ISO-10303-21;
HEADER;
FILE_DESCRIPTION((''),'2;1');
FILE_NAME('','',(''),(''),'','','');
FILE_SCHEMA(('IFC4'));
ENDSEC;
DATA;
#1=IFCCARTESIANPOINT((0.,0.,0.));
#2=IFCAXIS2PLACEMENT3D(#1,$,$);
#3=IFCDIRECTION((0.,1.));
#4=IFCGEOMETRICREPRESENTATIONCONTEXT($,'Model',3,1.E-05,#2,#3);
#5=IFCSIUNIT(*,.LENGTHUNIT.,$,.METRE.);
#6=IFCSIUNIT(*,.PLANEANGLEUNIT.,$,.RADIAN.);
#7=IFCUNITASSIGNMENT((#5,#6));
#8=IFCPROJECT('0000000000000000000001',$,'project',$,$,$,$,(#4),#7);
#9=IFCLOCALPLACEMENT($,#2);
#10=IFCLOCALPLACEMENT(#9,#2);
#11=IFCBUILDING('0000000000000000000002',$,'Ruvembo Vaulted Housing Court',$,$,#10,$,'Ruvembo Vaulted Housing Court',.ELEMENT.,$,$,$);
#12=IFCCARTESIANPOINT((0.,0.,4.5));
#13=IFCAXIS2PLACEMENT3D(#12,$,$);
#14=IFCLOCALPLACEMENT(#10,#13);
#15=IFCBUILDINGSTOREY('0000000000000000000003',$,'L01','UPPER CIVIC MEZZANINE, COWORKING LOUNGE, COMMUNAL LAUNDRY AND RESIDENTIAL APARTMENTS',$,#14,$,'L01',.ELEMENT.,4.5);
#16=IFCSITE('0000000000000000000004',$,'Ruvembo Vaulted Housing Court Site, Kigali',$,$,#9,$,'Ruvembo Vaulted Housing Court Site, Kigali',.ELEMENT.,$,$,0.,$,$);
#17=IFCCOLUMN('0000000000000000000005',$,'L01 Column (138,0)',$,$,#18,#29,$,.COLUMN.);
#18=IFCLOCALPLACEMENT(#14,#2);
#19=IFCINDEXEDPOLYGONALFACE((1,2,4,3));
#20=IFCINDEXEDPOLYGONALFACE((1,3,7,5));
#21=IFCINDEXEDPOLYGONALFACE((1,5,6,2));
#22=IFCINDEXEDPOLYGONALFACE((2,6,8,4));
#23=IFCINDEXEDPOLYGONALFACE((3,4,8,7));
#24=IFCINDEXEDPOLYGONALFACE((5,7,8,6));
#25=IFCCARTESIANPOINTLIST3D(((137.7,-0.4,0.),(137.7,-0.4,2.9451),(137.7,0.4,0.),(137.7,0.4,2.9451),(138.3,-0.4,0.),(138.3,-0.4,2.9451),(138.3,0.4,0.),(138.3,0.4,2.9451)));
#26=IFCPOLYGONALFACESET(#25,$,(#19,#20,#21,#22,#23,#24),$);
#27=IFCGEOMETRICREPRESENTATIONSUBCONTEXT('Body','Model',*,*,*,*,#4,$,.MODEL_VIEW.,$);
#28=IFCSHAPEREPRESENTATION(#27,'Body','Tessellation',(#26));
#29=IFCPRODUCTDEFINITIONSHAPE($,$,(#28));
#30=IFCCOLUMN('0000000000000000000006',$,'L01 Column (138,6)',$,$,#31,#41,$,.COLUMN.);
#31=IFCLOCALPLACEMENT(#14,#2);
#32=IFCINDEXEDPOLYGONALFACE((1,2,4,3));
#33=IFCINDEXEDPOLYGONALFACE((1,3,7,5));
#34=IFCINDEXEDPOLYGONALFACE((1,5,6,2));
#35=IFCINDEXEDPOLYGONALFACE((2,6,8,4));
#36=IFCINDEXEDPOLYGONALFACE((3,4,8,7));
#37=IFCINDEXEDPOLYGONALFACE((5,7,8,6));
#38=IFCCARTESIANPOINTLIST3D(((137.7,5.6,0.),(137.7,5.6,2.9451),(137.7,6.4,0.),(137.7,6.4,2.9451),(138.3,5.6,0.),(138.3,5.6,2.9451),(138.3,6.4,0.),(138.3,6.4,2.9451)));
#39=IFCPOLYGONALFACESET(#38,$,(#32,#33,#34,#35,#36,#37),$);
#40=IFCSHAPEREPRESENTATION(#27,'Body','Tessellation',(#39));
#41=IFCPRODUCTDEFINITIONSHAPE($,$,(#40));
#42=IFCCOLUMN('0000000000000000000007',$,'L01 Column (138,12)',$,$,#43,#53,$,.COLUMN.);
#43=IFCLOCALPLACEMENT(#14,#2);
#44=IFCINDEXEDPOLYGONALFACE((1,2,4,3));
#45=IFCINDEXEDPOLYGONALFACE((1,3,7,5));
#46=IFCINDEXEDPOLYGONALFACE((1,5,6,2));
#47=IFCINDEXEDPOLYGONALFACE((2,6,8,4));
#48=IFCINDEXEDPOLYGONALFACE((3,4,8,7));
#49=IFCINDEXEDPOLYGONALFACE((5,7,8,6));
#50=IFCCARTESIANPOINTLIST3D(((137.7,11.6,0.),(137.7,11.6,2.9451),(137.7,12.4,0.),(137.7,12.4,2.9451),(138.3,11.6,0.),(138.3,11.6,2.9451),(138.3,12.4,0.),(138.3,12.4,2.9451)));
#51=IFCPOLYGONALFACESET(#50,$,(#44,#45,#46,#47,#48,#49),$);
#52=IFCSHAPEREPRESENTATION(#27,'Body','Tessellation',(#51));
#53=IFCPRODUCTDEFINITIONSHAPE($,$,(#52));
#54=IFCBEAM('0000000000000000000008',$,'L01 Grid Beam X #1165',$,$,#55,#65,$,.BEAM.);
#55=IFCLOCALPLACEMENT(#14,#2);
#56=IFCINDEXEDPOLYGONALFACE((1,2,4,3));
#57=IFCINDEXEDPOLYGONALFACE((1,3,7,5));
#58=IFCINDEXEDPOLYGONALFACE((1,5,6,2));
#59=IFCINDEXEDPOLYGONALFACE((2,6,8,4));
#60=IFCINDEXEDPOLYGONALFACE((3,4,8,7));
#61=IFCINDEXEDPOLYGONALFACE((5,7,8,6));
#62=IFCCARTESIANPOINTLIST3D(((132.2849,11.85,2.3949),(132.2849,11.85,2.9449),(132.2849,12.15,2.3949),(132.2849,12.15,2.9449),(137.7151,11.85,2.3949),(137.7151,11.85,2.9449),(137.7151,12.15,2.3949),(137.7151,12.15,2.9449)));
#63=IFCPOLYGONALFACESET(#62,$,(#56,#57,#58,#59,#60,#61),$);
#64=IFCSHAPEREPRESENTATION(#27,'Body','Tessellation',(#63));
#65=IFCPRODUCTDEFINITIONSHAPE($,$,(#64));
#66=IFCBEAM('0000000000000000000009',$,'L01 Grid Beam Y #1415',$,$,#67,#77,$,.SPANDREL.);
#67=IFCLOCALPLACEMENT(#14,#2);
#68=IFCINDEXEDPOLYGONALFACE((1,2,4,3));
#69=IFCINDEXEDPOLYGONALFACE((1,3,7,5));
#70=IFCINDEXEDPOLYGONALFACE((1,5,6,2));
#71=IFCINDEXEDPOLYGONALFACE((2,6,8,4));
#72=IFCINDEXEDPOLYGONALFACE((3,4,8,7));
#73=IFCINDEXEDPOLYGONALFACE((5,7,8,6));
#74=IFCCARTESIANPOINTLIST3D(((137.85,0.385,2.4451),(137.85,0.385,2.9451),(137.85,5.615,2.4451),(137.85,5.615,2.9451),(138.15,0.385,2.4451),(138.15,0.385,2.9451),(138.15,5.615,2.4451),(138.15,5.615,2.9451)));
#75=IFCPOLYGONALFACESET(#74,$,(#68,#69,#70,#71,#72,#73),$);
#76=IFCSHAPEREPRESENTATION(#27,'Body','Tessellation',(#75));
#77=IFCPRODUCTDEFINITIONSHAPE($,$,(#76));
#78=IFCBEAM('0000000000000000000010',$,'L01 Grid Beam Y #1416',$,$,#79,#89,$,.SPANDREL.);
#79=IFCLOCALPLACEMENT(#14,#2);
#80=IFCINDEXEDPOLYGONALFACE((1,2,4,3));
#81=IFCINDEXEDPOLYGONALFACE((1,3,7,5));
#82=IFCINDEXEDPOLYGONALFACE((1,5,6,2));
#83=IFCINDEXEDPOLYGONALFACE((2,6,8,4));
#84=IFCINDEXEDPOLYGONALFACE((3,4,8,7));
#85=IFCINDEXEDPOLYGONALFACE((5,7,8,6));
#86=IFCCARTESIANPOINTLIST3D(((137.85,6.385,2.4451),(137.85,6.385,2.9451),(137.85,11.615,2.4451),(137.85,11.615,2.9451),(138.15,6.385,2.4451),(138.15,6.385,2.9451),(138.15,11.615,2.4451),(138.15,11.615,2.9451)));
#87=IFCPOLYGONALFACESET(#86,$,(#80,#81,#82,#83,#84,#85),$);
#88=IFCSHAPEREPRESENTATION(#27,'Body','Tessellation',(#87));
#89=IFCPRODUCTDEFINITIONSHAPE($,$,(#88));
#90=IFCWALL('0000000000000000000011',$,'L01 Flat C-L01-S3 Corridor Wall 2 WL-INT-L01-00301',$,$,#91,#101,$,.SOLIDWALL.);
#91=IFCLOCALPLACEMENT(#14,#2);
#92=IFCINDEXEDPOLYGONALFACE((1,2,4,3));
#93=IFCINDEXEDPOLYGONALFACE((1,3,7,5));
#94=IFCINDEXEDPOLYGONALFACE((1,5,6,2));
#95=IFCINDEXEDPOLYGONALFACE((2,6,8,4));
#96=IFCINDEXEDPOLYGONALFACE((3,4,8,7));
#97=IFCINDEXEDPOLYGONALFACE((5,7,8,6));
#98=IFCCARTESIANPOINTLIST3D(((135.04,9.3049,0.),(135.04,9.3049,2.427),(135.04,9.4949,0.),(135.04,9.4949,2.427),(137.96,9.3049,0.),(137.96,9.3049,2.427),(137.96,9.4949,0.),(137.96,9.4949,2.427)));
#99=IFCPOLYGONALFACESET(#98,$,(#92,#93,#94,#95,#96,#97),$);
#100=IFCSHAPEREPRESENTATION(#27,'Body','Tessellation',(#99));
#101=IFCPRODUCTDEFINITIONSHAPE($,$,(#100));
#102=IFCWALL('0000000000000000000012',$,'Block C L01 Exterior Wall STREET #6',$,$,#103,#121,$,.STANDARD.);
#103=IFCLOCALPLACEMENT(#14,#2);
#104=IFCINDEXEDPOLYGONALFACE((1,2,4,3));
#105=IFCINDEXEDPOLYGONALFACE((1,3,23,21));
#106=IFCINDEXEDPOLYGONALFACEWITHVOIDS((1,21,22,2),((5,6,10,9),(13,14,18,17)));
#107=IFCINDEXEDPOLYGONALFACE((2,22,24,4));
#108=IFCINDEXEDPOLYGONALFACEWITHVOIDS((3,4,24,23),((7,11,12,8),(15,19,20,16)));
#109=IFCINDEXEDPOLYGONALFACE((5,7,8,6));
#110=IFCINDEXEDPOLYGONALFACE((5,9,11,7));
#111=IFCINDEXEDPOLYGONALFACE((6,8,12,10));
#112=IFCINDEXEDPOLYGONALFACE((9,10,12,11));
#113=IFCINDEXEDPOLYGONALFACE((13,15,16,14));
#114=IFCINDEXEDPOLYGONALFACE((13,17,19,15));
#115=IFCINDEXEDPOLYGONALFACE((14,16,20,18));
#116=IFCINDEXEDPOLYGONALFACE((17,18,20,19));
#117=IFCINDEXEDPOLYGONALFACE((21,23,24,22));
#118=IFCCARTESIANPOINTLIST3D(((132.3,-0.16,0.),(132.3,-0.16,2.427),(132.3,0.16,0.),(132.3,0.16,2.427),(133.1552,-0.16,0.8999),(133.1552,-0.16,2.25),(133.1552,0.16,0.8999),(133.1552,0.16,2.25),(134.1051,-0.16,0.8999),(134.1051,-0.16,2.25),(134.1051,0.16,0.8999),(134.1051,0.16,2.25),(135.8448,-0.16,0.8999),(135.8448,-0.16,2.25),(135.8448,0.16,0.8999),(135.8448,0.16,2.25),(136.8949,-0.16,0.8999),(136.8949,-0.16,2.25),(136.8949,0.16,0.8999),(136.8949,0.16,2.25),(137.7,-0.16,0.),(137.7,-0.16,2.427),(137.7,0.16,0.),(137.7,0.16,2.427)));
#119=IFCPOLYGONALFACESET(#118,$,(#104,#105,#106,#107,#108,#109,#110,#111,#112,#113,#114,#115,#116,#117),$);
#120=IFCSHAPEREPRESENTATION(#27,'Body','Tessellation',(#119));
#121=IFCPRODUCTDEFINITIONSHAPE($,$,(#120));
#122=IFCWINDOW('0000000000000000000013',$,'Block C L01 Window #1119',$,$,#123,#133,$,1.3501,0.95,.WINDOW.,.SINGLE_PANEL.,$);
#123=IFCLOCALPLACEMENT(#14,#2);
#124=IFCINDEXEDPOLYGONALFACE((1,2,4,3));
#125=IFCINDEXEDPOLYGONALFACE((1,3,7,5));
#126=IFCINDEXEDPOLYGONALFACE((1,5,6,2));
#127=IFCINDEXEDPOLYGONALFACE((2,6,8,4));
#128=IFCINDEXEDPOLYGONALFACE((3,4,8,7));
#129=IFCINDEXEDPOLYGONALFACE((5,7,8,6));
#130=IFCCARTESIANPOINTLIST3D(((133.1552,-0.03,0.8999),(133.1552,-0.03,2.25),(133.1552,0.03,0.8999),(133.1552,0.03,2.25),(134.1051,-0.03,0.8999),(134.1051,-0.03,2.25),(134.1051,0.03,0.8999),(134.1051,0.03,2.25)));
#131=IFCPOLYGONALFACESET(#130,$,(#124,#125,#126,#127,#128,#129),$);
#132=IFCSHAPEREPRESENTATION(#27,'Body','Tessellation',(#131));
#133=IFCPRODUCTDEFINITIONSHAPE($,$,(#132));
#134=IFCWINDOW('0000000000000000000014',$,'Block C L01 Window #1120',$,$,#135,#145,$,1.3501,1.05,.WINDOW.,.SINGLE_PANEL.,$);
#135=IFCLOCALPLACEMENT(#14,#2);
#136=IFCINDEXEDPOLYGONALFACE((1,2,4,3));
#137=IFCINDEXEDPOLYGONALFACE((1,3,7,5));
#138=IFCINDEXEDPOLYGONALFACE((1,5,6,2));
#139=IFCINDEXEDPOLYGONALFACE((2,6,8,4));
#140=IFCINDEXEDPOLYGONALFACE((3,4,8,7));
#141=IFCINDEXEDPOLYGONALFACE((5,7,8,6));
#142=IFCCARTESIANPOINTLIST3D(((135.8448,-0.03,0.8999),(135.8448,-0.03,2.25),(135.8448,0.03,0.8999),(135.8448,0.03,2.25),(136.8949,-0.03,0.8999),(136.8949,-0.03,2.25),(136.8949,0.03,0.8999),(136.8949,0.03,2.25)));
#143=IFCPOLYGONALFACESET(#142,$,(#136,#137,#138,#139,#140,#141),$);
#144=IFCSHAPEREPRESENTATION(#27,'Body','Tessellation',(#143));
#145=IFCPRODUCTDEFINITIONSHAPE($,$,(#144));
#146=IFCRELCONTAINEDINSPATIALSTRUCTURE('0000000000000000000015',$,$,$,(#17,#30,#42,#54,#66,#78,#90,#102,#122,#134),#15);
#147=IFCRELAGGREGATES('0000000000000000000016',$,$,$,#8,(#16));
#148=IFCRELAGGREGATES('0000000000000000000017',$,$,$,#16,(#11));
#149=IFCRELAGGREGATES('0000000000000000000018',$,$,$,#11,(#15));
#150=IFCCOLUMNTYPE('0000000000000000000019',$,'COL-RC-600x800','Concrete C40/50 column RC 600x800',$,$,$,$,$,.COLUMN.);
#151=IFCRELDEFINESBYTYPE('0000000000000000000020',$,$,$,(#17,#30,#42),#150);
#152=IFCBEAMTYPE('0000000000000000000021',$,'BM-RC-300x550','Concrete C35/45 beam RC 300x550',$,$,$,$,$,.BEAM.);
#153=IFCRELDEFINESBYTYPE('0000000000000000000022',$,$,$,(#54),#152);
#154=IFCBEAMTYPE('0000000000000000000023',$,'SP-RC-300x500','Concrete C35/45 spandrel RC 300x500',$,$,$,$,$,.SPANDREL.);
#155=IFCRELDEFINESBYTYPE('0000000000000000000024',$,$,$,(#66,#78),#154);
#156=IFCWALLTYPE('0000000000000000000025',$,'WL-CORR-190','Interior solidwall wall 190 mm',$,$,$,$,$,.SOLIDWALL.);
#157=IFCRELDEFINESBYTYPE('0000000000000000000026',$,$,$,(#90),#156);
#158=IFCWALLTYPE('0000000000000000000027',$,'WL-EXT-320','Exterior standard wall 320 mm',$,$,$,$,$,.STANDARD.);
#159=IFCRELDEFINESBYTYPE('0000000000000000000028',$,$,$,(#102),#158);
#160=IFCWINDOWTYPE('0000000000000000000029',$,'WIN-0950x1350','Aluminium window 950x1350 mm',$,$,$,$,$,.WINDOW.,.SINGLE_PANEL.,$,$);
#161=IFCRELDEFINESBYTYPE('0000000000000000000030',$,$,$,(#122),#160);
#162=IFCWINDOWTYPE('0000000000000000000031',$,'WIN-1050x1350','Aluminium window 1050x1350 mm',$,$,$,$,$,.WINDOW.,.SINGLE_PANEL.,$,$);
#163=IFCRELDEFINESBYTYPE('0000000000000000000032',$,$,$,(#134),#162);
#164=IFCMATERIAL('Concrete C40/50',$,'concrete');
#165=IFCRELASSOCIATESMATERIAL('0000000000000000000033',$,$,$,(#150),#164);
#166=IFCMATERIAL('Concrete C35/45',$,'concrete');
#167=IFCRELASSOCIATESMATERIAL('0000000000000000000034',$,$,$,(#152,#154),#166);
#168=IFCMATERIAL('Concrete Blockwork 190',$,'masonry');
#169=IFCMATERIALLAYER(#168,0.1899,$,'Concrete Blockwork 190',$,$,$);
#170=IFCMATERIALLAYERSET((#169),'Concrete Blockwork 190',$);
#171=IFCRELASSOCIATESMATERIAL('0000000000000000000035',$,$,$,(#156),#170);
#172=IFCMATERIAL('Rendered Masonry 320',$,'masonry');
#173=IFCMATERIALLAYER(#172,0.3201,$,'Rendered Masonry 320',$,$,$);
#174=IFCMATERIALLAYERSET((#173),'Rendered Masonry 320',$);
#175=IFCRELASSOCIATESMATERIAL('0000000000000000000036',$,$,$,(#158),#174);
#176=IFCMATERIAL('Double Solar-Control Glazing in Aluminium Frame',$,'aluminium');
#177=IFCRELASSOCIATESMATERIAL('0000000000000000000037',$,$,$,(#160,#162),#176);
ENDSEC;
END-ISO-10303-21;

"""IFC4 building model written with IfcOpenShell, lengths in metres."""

from ifc_helpers import new_model, si_unit, direction, frame, frame_2d, origin, origin_2d, place, context, subcontext, project, spatial, rectangle, extrude, material, layer, layer_set, material_profile, profile_set, type_object, element, fill, save


model = new_model("IFC4")

# Units and contexts
model_context = context("Model", 3, precision=1e-05, world=origin(), true_north=direction((0.0, 1.0)))
body_context = subcontext(model_context, "Body", "Model", "MODEL_VIEW")
ifc_project = project(units=[si_unit("LENGTHUNIT", "METRE"), si_unit("PLANEANGLEUNIT", "RADIAN")], contexts=[model_context])

# Site, building, storey
site_placement = place(None, origin())
site = spatial("IfcSite", under=ifc_project, at=site_placement, Name="Ruvembo Vaulted Housing Court Site, Kigali", LongName="Ruvembo Vaulted Housing Court Site, Kigali", CompositionType="ELEMENT", RefElevation=0.0)
building_placement = place(site_placement, origin())
building = spatial("IfcBuilding", under=site, at=building_placement, Name="Ruvembo Vaulted Housing Court", LongName="Ruvembo Vaulted Housing Court", CompositionType="ELEMENT")
storey_placement = place(building_placement, frame((0.0, 0.0, 4.5)))
storey = spatial("IfcBuildingStorey", under=building, at=storey_placement, Name="L01", Description="UPPER CIVIC MEZZANINE, COWORKING LOUNGE, COMMUNAL LAUNDRY AND RESIDENTIAL APARTMENTS", LongName="L01", CompositionType="ELEMENT", Elevation=4.5)

# Columns
ifc_material_1 = material(Name="Concrete C40/50", Category="concrete")
ifc_material_profile_1 = material_profile(ifc_material_1, rectangle(XDim=0.6001, YDim=0.8, at=origin_2d()), Name="RC 600x800")
ifc_profile_set_1 = profile_set([ifc_material_profile_1], Name="Concrete C40/50")
column_type = type_object("IfcColumnType", Name="COL-RC-600x800", Description="Concrete C40/50 column RC 600x800", PredefinedType="COLUMN", material=ifc_profile_set_1)
for number, where, z_axis, x_axis, name in (
    (1, (138.0, 0.0, 0.0), (0.0, 0.0, 1.0), (1.0, 0.0, 0.0), "L01 Column (138,0)"),
    (2, (138.0, 6.0, 0.0), (0.0, 0.0, 1.0), (1.0, 0.0, 0.0), "L01 Column (138,6)"),
    (3, (138.0, 12.0, 0.0), (0.0, 0.0, 1.0), (1.0, 0.0, 0.0), "L01 Column (138,12)"),
):
    element("IfcColumn", number, at=place(storey_placement, frame(where, z_axis=z_axis, x_axis=x_axis)), inside=storey, type_object=column_type, Name=name, PredefinedType="COLUMN", context=body_context, shape_type="SweptSolid", body=[
        extrude(rectangle(XDim=0.6001, YDim=0.8, at=origin_2d()), origin(), (0.0, 0.0, 1.0), 2.9451),
    ])

# Beams
ifc_material_2 = material(Name="Concrete C35/45", Category="concrete")
ifc_material_profile_2 = material_profile(ifc_material_2, rectangle(XDim=0.3, YDim=0.55, at=origin_2d()), Name="RC 300x550")
ifc_profile_set_2 = profile_set([ifc_material_profile_2], Name="Concrete C35/45")
beam_type_1 = type_object("IfcBeamType", Name="BM-RC-300x550", Description="Concrete C35/45 beam RC 300x550", PredefinedType="BEAM", material=ifc_profile_set_2)
beam_placement = place(storey_placement, frame((132.2849, 12.0, 2.6699), z_axis=(1.0, 0.0, 0.0), x_axis=(0.0, 1.0, 0.0)))
element("IfcBeam", 4, at=beam_placement, inside=storey, type_object=beam_type_1, Name="L01 Grid Beam X #1165", PredefinedType="BEAM", context=body_context, shape_type="SweptSolid", body=[
    extrude(rectangle(XDim=0.3, YDim=0.55, at=origin_2d()), origin(), (0.0, 0.0, 1.0), 5.4302),
])
ifc_material_profile_3 = material_profile(ifc_material_2, rectangle(XDim=0.3, YDim=0.5, at=origin_2d()), Name="RC 300x500")
ifc_profile_set_3 = profile_set([ifc_material_profile_3], Name="Concrete C35/45")
beam_type_2 = type_object("IfcBeamType", Name="SP-RC-300x500", Description="Concrete C35/45 spandrel RC 300x500", PredefinedType="SPANDREL", material=ifc_profile_set_3)
for number, where, z_axis, x_axis, name in (
    (5, (138.0, 0.385, 2.6951), (0.0, 1.0, 0.0), (-1.0, 0.0, 0.0), "L01 Grid Beam Y #1415"),
    (6, (138.0, 6.385, 2.6951), (0.0, 1.0, 0.0), (-1.0, 0.0, 0.0), "L01 Grid Beam Y #1416"),
):
    element("IfcBeam", number, at=place(storey_placement, frame(where, z_axis=z_axis, x_axis=x_axis)), inside=storey, type_object=beam_type_2, Name=name, PredefinedType="SPANDREL", context=body_context, shape_type="SweptSolid", body=[
        extrude(rectangle(XDim=0.3, YDim=0.5, at=origin_2d()), origin(), (0.0, 0.0, 1.0), 5.23),
    ])

# Wall
ifc_material_3 = material(Name="Concrete Blockwork 190", Category="masonry")
ifc_layer_1 = layer(ifc_material_3, 0.1899, Name="Concrete Blockwork 190")
ifc_layer_set_1 = layer_set([ifc_layer_1], Name="Concrete Blockwork 190")
wall_type_1 = type_object("IfcWallType", Name="WL-CORR-190", Description="Interior solidwall wall 190 mm", PredefinedType="SOLIDWALL", material=ifc_layer_set_1)
wall_1_placement = place(storey_placement, frame((135.04, 9.3999, 0.0), z_axis=(0.0, 0.0, 1.0), x_axis=(1.0, 0.0, 0.0)))
element("IfcWall", 7, at=wall_1_placement, inside=storey, type_object=wall_type_1, Name="L01 Flat C-L01-S3 Corridor Wall 2 WL-INT-L01-00301", PredefinedType="SOLIDWALL", context=body_context, shape_type="SweptSolid", body=[
    extrude(rectangle(XDim=2.9199, YDim=0.1899, at=frame_2d((1.46, 0.0))), origin(), (0.0, 0.0, 1.0), 2.427),
])

# Wall, openings, windows
ifc_material_4 = material(Name="Rendered Masonry 320", Category="masonry")
ifc_layer_2 = layer(ifc_material_4, 0.3201, Name="Rendered Masonry 320")
ifc_layer_set_2 = layer_set([ifc_layer_2], Name="Rendered Masonry 320")
wall_type_2 = type_object("IfcWallType", Name="WL-EXT-320", Description="Exterior standard wall 320 mm", PredefinedType="STANDARD", material=ifc_layer_set_2)
wall_2_placement = place(storey_placement, frame((132.3, 0.0, 0.0), z_axis=(0.0, 0.0, 1.0), x_axis=(1.0, 0.0, 0.0)))
wall_2 = element("IfcWall", 8, at=wall_2_placement, inside=storey, type_object=wall_type_2, Name="Block C L01 Exterior Wall STREET #6", PredefinedType="STANDARD", context=body_context, shape_type="SweptSolid", body=[
    extrude(rectangle(XDim=5.3999, YDim=0.3201, at=frame_2d((2.7, 0.0))), origin(), (0.0, 0.0, 1.0), 2.427),
])
opening_1_placement = place(wall_2_placement, frame((0.855, 0.0, 0.8999)))
opening_1 = element("IfcOpeningElement", 9, at=opening_1_placement, cuts=wall_2, PredefinedType="OPENING", context=body_context, shape_type="SweptSolid", body=[
    extrude(rectangle(XDim=0.95, YDim=1.3501, at=frame_2d((0.4751, 0.675))), frame((0.0, 0.1699, 0.0), z_axis=(0.0, -1.0, 0.0), x_axis=(1.0, 0.0, 0.0)), (0.0, 0.0, 1.0), 0.3401),
])
opening_2_placement = place(wall_2_placement, frame((3.5449, 0.0, 0.8999)))
opening_2 = element("IfcOpeningElement", 10, at=opening_2_placement, cuts=wall_2, PredefinedType="OPENING", context=body_context, shape_type="SweptSolid", body=[
    extrude(rectangle(XDim=1.05, YDim=1.3501, at=frame_2d((0.5249, 0.675))), frame((0.0, 0.1699, 0.0), z_axis=(0.0, -1.0, 0.0), x_axis=(1.0, 0.0, 0.0)), (0.0, 0.0, 1.0), 0.3401),
])
ifc_material_5 = material(Name="Double Solar-Control Glazing in Aluminium Frame", Category="aluminium")
window_type_1 = type_object("IfcWindowType", Name="WIN-0950x1350", Description="Aluminium window 950x1350 mm", PartitioningType="SINGLE_PANEL", PredefinedType="WINDOW", material=ifc_material_5)
window_1_placement = place(opening_1_placement, origin())
window_1 = element("IfcWindow", 11, at=window_1_placement, inside=storey, type_object=window_type_1, Name="Block C L01 Window #1119", OverallHeight=1.3501, OverallWidth=0.95, PartitioningType="SINGLE_PANEL", PredefinedType="WINDOW", context=body_context, shape_type="SweptSolid", body=[
    extrude(rectangle(XDim=0.95, YDim=1.3501, at=frame_2d((0.4751, 0.675))), frame((0.0, 0.03, 0.0), z_axis=(0.0, -1.0, 0.0), x_axis=(1.0, 0.0, 0.0)), (0.0, 0.0, 1.0), 0.0601),
])
fill(opening_1, window_1)
window_type_2 = type_object("IfcWindowType", Name="WIN-1050x1350", Description="Aluminium window 1050x1350 mm", PartitioningType="SINGLE_PANEL", PredefinedType="WINDOW", material=ifc_material_5)
window_2_placement = place(opening_2_placement, origin())
window_2 = element("IfcWindow", 12, at=window_2_placement, inside=storey, type_object=window_type_2, Name="Block C L01 Window #1120", OverallHeight=1.3501, OverallWidth=1.05, PartitioningType="SINGLE_PANEL", PredefinedType="WINDOW", context=body_context, shape_type="SweptSolid", body=[
    extrude(rectangle(XDim=1.05, YDim=1.3501, at=frame_2d((0.5249, 0.675))), frame((0.0, 0.03, 0.0), z_axis=(0.0, -1.0, 0.0), x_axis=(1.0, 0.0, 0.0)), (0.0, 0.0, 1.0), 0.0601),
])
fill(opening_2, window_2)

save(model, "model.ifc")
